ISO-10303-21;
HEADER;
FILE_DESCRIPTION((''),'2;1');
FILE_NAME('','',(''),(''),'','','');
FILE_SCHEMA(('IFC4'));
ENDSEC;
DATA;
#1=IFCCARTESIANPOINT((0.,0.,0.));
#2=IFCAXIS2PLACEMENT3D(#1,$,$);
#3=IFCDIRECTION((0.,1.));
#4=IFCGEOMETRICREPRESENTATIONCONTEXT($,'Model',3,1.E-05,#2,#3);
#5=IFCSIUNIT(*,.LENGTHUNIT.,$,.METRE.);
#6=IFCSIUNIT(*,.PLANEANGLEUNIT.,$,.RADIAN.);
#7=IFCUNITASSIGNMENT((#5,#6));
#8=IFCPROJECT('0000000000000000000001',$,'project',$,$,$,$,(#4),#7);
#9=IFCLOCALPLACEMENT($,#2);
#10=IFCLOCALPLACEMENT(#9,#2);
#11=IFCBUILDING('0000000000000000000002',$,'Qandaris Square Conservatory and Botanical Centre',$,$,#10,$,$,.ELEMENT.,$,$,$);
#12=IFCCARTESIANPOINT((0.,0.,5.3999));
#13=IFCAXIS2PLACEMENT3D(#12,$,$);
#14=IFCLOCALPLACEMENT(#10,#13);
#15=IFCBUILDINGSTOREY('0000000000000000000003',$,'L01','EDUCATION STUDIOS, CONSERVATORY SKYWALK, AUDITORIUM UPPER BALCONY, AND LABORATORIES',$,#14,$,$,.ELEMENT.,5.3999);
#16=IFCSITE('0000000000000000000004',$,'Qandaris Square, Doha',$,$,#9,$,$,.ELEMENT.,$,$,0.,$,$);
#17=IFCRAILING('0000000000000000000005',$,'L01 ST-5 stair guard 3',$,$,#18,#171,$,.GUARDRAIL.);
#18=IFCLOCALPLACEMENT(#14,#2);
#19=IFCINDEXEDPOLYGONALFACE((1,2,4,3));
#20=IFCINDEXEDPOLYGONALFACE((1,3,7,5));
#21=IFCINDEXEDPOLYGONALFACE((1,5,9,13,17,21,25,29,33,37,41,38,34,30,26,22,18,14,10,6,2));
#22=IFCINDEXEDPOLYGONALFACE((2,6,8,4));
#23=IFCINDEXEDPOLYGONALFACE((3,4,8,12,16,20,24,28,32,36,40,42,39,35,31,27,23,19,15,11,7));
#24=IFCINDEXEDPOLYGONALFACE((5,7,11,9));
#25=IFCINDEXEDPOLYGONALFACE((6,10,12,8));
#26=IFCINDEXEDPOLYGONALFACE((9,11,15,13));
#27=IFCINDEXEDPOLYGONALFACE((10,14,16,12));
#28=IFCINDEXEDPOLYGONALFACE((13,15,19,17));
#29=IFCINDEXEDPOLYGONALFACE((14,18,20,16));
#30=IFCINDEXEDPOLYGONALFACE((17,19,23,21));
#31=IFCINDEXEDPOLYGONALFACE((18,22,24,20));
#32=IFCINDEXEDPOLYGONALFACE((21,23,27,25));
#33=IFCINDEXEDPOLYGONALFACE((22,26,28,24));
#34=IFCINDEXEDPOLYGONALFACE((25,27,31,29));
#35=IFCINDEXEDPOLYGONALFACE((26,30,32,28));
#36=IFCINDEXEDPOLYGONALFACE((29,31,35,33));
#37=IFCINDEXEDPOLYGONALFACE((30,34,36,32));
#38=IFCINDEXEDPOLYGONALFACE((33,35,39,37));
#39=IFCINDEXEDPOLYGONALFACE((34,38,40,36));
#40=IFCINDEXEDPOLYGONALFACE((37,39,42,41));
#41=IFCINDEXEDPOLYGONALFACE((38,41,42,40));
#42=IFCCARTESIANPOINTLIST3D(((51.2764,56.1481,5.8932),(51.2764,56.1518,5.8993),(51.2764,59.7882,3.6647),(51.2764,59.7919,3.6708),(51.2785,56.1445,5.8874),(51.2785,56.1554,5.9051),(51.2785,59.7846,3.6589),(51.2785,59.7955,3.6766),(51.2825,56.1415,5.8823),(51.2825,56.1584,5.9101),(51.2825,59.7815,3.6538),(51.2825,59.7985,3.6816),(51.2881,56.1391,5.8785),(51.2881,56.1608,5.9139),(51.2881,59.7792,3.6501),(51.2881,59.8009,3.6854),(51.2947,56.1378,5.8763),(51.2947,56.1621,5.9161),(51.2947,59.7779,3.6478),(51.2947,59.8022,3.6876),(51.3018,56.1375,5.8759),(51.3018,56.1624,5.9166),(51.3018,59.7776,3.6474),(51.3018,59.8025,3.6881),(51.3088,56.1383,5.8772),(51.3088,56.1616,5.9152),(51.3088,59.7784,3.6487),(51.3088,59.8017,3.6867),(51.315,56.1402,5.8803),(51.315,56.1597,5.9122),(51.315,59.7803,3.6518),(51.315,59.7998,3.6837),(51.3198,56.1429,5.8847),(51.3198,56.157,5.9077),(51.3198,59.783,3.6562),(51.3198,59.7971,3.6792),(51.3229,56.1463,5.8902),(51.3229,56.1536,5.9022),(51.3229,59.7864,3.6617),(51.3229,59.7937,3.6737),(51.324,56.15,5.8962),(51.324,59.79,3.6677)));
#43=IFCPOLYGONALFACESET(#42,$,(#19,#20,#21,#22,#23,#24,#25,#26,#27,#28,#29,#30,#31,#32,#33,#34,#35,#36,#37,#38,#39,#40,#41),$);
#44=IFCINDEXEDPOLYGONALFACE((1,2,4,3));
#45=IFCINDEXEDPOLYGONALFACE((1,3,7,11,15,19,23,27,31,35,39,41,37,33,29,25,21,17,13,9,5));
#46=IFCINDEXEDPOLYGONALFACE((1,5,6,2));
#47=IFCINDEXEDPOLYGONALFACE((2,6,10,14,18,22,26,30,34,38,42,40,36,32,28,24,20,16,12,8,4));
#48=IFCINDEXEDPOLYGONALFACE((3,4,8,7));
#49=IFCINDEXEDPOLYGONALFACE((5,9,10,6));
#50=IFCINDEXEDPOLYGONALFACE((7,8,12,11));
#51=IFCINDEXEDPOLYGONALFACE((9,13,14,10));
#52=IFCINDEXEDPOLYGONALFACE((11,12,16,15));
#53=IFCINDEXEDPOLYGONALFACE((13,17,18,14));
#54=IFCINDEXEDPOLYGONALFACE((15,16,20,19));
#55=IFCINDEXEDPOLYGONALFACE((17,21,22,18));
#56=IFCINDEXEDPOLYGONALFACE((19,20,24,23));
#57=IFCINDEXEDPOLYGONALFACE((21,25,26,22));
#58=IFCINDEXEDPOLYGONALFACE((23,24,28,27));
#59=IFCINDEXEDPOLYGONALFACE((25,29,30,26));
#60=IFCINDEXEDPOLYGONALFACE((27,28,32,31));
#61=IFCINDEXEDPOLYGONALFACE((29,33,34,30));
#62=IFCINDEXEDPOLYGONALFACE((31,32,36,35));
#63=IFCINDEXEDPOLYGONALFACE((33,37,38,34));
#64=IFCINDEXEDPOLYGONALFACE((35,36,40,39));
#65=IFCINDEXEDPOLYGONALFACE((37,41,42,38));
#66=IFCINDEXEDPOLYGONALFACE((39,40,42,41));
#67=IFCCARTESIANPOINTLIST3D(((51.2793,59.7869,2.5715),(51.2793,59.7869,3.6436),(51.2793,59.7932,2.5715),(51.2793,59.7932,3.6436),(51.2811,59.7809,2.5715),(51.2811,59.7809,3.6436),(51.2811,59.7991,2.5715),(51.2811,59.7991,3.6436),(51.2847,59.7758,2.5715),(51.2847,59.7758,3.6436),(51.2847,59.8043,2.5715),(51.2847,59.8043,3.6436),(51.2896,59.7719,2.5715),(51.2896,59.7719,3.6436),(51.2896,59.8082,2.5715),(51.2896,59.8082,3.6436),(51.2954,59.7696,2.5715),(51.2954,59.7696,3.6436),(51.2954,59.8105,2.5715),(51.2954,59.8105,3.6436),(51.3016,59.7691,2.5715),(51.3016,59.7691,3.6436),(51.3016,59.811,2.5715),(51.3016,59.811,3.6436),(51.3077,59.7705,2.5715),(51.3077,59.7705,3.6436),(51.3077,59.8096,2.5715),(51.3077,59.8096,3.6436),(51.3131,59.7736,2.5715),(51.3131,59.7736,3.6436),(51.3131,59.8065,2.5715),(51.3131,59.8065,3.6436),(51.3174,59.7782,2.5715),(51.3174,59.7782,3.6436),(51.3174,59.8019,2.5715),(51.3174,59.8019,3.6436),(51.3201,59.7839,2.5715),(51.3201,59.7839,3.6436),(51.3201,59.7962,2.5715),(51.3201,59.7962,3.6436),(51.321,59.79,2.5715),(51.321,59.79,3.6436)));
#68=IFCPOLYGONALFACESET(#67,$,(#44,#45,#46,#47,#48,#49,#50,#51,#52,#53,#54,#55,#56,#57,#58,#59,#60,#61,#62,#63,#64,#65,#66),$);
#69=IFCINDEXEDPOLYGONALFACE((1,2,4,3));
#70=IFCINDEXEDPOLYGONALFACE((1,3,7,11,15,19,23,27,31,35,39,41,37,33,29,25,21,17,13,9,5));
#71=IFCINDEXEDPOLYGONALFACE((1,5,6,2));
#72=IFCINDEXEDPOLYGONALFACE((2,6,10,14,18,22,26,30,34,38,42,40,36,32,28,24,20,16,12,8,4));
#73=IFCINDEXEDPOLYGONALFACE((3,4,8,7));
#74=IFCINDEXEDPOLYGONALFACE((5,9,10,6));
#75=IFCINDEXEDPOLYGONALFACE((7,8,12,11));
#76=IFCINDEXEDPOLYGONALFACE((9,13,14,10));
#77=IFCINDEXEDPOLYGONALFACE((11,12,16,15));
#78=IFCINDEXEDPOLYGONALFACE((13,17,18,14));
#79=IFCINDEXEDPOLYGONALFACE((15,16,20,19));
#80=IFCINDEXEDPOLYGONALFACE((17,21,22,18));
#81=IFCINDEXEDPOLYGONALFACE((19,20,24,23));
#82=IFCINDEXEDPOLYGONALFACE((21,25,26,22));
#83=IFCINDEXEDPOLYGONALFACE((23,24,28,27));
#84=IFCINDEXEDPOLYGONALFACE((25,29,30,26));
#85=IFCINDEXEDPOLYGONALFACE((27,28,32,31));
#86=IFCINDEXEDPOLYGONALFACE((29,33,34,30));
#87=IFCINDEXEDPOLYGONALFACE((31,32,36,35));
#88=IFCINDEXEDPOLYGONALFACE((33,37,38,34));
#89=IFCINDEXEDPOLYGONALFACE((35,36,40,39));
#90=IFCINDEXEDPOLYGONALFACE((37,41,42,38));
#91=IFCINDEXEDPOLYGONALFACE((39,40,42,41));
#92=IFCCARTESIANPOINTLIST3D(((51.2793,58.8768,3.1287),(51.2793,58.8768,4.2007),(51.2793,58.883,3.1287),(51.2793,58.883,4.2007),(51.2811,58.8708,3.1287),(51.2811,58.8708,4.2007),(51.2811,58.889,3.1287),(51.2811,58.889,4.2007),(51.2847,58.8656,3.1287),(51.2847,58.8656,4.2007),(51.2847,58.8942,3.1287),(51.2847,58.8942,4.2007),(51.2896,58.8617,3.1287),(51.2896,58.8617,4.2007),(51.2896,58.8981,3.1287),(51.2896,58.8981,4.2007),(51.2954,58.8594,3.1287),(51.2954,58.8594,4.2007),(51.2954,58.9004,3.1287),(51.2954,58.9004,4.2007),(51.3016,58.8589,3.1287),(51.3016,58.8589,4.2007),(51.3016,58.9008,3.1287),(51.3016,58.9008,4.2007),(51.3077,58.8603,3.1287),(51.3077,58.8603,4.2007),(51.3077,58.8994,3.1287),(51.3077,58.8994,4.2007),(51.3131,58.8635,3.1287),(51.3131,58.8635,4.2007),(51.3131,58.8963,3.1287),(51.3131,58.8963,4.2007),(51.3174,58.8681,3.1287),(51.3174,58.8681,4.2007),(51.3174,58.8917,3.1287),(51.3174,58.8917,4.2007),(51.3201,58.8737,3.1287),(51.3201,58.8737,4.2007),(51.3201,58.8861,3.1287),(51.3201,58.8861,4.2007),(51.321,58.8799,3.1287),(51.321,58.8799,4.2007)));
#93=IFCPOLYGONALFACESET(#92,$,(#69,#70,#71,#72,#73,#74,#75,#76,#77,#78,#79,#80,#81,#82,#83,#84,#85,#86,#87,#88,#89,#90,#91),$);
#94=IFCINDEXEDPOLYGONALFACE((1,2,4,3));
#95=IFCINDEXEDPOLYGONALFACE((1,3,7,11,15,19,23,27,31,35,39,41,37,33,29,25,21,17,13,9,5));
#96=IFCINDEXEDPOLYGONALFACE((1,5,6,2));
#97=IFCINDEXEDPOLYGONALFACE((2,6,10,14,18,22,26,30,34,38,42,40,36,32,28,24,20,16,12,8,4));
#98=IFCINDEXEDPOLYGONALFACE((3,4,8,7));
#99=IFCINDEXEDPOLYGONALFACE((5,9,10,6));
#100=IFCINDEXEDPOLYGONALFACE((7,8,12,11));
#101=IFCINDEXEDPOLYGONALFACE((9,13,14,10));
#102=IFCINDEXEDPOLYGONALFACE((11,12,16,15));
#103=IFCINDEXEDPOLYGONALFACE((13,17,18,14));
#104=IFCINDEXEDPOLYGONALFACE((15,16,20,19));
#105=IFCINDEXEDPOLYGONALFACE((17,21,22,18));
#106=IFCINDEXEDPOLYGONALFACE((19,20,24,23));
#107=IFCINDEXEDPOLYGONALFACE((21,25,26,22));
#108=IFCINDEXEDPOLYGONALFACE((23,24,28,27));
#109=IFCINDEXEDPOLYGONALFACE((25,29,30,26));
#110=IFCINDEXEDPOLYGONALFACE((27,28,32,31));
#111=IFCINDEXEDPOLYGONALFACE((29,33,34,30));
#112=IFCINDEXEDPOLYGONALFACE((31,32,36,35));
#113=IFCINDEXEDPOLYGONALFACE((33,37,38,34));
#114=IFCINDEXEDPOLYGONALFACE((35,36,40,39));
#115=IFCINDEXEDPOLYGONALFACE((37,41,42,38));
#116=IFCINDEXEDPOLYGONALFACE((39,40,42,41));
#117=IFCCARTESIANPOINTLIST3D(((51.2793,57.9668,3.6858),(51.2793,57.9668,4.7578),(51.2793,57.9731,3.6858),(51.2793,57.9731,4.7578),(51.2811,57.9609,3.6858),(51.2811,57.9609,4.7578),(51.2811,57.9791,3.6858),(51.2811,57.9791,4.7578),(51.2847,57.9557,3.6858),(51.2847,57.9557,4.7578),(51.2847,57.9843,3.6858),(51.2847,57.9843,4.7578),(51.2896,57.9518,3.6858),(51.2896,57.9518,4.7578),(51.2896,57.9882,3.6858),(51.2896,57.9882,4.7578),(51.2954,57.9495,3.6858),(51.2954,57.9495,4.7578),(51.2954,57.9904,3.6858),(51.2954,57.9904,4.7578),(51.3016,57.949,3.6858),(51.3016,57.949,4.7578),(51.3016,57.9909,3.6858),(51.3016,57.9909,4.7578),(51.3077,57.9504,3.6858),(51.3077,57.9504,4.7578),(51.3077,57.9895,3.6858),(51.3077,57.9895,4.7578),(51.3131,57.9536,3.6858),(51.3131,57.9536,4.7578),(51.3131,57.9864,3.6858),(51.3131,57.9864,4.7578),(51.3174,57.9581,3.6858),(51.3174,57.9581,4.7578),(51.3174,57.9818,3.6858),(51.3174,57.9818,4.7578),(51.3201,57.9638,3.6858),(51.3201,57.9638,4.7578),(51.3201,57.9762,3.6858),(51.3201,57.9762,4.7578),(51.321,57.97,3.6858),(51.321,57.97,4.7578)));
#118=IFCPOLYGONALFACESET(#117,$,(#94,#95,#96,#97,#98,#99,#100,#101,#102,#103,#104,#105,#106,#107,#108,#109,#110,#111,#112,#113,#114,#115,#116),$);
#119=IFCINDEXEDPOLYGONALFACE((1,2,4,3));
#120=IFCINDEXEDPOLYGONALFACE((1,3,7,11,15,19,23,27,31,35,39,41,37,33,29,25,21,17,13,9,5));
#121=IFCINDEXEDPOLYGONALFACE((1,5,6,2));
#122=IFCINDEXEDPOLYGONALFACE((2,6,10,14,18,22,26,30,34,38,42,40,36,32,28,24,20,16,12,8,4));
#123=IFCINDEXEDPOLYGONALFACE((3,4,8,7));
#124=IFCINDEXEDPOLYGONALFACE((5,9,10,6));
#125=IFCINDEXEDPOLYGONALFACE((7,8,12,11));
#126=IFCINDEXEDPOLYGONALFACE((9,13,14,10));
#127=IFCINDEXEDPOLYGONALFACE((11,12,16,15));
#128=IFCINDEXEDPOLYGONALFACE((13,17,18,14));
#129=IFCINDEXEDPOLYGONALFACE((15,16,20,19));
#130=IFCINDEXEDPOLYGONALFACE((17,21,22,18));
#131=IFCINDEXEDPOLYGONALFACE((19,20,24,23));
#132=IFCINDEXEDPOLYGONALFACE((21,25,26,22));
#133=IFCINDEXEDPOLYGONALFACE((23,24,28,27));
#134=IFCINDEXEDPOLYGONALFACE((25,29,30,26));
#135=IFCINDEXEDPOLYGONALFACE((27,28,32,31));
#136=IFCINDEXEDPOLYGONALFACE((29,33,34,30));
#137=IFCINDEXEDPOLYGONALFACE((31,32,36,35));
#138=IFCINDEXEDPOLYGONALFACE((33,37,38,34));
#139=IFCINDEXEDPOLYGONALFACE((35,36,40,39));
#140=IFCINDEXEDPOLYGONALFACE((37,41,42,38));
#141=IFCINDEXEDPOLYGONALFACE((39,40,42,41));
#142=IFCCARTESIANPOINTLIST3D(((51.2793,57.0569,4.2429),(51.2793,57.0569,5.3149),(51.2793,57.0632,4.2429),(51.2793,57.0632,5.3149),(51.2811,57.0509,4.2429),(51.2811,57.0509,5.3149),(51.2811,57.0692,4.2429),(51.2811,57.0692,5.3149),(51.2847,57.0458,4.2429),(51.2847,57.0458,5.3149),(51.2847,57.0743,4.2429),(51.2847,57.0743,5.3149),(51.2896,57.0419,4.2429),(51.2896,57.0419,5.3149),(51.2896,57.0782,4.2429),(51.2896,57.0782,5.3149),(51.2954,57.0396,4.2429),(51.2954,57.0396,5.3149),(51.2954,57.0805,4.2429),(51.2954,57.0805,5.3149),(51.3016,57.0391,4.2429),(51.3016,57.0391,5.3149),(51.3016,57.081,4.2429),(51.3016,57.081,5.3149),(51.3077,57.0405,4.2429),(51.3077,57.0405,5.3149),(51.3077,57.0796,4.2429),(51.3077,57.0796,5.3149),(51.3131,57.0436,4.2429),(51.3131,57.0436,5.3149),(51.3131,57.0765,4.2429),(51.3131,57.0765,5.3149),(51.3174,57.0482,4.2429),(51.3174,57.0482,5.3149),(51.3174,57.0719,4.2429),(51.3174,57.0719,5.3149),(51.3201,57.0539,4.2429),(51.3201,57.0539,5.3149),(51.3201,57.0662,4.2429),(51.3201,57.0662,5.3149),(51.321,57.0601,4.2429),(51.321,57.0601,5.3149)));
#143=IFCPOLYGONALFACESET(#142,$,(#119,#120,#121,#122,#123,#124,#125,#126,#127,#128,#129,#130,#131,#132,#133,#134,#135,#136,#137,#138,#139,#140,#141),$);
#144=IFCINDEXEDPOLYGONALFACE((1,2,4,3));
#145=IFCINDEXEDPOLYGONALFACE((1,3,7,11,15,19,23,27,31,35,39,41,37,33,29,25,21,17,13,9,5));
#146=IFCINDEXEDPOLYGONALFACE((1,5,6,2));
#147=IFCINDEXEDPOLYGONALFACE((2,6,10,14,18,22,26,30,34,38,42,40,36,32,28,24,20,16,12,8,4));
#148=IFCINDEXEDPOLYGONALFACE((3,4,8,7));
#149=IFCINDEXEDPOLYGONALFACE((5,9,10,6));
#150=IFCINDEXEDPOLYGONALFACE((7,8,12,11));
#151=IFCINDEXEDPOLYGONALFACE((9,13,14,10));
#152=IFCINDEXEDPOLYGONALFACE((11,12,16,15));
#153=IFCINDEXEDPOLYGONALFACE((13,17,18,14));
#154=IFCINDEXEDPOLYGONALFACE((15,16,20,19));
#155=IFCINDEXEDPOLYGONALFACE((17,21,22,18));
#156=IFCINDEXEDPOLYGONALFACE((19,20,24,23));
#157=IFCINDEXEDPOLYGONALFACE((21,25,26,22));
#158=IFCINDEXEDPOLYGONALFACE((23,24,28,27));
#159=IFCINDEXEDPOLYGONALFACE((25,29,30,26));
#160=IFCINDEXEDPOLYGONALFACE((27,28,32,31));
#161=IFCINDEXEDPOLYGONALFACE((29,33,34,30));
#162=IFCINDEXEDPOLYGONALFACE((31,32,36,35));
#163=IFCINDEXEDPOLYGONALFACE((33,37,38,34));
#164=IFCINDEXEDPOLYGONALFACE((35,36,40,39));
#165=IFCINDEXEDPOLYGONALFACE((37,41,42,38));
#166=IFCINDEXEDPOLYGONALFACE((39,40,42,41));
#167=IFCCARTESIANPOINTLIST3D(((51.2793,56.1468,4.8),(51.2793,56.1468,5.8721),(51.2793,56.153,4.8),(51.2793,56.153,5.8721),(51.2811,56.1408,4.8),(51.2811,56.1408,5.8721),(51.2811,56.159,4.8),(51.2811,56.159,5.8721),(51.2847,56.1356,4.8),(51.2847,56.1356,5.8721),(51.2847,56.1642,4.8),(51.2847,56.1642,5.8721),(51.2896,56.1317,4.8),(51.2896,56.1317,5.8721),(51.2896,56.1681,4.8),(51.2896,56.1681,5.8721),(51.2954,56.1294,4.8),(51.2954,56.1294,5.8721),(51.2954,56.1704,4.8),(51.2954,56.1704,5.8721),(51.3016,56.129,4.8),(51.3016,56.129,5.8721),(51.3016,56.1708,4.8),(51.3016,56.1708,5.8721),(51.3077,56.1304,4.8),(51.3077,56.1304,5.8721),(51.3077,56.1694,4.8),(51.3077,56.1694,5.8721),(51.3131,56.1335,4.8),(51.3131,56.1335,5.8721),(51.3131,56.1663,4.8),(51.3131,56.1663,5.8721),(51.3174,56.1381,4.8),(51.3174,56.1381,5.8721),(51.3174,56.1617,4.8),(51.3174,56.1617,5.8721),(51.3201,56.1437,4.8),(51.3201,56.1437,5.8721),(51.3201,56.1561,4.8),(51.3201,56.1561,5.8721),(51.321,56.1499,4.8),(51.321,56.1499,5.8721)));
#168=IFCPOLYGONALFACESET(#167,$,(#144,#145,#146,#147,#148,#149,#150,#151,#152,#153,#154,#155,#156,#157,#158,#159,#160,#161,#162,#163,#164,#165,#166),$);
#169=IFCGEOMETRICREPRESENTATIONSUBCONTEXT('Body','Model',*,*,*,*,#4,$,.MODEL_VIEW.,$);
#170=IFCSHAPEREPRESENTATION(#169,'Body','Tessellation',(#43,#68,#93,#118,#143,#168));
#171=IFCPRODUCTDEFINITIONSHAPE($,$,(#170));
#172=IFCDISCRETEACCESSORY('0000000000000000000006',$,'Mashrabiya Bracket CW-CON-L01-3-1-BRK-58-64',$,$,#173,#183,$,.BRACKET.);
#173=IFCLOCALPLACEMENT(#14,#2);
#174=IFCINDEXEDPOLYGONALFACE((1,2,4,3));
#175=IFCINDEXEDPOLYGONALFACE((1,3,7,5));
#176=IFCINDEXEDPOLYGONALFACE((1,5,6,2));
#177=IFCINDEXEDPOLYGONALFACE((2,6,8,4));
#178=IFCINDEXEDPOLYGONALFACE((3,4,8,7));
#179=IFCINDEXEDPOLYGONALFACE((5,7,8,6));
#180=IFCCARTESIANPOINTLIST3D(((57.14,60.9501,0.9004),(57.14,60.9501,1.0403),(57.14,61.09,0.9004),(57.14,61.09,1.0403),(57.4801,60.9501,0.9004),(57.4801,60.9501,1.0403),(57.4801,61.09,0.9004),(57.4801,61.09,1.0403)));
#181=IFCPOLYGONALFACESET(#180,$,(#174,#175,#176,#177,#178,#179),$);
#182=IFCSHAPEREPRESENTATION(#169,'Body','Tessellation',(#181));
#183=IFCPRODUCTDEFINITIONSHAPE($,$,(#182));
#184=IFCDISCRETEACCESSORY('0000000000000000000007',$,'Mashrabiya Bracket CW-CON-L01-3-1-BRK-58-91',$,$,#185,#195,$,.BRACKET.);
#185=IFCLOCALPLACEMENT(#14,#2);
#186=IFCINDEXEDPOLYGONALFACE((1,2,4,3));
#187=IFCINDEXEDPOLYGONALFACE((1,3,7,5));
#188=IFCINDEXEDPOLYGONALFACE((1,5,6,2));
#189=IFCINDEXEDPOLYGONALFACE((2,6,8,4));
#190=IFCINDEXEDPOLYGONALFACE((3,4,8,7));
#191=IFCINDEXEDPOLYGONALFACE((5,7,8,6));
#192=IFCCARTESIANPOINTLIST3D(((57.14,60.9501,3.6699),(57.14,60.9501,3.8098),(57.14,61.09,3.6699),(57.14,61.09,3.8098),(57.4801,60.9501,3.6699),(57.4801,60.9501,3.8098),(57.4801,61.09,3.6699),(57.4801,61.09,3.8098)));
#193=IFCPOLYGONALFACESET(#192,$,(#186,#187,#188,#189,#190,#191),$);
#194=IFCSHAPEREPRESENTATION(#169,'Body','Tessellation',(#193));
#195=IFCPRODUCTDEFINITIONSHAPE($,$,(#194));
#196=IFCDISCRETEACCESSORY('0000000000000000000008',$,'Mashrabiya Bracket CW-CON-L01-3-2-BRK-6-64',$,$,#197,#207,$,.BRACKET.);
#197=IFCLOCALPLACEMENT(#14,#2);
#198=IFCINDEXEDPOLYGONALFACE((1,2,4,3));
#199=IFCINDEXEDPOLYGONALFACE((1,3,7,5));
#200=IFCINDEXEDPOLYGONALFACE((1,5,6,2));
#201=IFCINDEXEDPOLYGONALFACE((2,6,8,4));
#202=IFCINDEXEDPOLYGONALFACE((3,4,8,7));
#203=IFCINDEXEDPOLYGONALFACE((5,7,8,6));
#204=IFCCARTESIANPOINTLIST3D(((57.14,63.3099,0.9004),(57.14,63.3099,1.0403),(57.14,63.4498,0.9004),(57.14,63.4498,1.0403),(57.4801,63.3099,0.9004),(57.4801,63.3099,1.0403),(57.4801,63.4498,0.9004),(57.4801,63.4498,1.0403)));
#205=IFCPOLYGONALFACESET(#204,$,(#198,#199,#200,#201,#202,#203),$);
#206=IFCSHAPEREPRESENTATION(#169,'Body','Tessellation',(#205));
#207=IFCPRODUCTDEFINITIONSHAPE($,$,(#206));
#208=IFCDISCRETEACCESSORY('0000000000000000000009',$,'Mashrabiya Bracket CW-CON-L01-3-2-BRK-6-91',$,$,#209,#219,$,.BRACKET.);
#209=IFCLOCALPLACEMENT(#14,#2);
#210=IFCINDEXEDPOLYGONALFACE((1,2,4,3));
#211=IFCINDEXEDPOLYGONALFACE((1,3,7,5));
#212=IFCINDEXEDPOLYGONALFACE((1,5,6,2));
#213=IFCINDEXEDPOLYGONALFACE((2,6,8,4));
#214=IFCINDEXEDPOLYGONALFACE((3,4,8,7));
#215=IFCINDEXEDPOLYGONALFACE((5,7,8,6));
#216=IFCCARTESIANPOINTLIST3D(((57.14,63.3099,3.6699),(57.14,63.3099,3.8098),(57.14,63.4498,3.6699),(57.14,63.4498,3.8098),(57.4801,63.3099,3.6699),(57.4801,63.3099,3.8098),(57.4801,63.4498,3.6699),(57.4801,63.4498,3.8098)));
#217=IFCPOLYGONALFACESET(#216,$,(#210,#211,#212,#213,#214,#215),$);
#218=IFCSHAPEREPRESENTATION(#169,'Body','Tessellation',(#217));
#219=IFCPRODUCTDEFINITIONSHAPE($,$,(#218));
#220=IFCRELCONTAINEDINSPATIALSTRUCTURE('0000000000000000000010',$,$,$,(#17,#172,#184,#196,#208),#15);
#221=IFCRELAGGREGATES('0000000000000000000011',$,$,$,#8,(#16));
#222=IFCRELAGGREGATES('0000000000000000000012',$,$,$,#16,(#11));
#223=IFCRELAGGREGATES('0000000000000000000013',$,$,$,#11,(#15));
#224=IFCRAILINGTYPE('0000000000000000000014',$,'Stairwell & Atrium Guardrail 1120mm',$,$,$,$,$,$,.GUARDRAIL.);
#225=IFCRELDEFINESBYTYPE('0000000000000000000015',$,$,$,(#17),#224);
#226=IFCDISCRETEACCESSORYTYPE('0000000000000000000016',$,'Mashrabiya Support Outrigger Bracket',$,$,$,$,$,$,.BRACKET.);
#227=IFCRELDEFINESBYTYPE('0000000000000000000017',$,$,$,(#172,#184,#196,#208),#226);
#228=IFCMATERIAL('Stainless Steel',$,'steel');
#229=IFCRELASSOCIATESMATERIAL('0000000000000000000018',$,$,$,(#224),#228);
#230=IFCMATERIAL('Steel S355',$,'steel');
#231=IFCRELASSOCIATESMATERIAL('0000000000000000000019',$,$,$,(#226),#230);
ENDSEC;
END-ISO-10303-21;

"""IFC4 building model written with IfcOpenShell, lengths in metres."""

from ifc_helpers import new_model, si_unit, direction, frame, origin, origin_2d, place, context, subcontext, project, spatial, rectangle, circle, extrude, material, type_object, element, save


model = new_model("IFC4")

# Units and contexts
model_context = context("Model", 3, precision=1e-05, world=origin(), true_north=direction((0.0, 1.0)))
body_context = subcontext(model_context, "Body", "Model", "MODEL_VIEW")
ifc_project = project(units=[si_unit("LENGTHUNIT", "METRE"), si_unit("PLANEANGLEUNIT", "RADIAN")], contexts=[model_context])

# Site, building, storey
site_placement = place(None, origin())
site = spatial("IfcSite", under=ifc_project, at=site_placement, Name="Qandaris Square, Doha", CompositionType="ELEMENT", RefElevation=0.0)
building_placement = place(site_placement, origin())
building = spatial("IfcBuilding", under=site, at=building_placement, Name="Qandaris Square Conservatory and Botanical Centre", CompositionType="ELEMENT")
storey_placement = place(building_placement, frame((0.0, 0.0, 5.3999)))
storey = spatial("IfcBuildingStorey", under=building, at=storey_placement, Name="L01", Description="EDUCATION STUDIOS, CONSERVATORY SKYWALK, AUDITORIUM UPPER BALCONY, AND LABORATORIES", CompositionType="ELEMENT", Elevation=5.3999)

# Railing
ifc_material_1 = material(Name="Stainless Steel", Category="steel")
railing_type_1 = type_object("IfcRailingType", Name="Stairwell & Atrium Guardrail 1120mm", PredefinedType="GUARDRAIL", material=ifc_material_1)
railing_1_placement = place(storey_placement, frame((51.3, 59.79, 2.5715)))
element("IfcRailing", 1, at=railing_1_placement, inside=storey, type_object=railing_type_1, Name="L01 ST-5 stair guard 3", PredefinedType="GUARDRAIL", context=body_context, shape_type="SweptSolid", body=[
    extrude(circle(Radius=0.0239, at=origin_2d()), frame((0.0, 0.0, 1.0962), z_axis=(0.0, -0.852866, 0.52213), x_axis=(1.0, 0.0, 0.0)), (0.0, 0.0, 1.0), 4.2681),
    extrude(circle(Radius=0.021, at=origin_2d()), origin(), (0.0, 0.0, 1.0), 1.072),
    extrude(circle(Radius=0.021, at=origin_2d()), frame((0.0, -0.9102, 0.5571)), (0.0, 0.0, 1.0), 1.072),
    extrude(circle(Radius=0.021, at=origin_2d()), frame((0.0, -1.8201, 1.1143)), (0.0, 0.0, 1.0), 1.072),
    extrude(circle(Radius=0.021, at=origin_2d()), frame((0.0, -2.73, 1.6714)), (0.0, 0.0, 1.0), 1.072),
    extrude(circle(Radius=0.021, at=origin_2d()), frame((0.0, -3.6401, 2.2285)), (0.0, 0.0, 1.0), 1.072),
])

# Discrete accessories
ifc_material_2 = material(Name="Steel S355", Category="steel")
discrete_accessory_type = type_object("IfcDiscreteAccessoryType", Name="Mashrabiya Support Outrigger Bracket", PredefinedType="BRACKET", material=ifc_material_2)
for number, where, z_axis, x_axis, name in (
    (2, (57.3101, 61.02, 0.9004), (0.0, 0.0, 1.0), (0.0, 1.0, 0.0), "Mashrabiya Bracket CW-CON-L01-3-1-BRK-58-64"),
    (3, (57.3101, 61.02, 3.6699), (0.0, 0.0, 1.0), (0.0, 1.0, 0.0), "Mashrabiya Bracket CW-CON-L01-3-1-BRK-58-91"),
    (4, (57.3101, 63.3799, 0.9004), (0.0, 0.0, 1.0), (0.0, 1.0, 0.0), "Mashrabiya Bracket CW-CON-L01-3-2-BRK-6-64"),
    (5, (57.3101, 63.3799, 3.6699), (0.0, 0.0, 1.0), (0.0, 1.0, 0.0), "Mashrabiya Bracket CW-CON-L01-3-2-BRK-6-91"),
):
    element("IfcDiscreteAccessory", number, at=place(storey_placement, frame(where, z_axis=z_axis, x_axis=x_axis)), inside=storey, type_object=discrete_accessory_type, Name=name, PredefinedType="BRACKET", context=body_context, shape_type="SweptSolid", body=[
        extrude(rectangle(XDim=0.1399, YDim=0.3401, at=origin_2d()), origin(), (0.0, 0.0, 1.0), 0.1399),
    ])

save(model, "model.ifc")
